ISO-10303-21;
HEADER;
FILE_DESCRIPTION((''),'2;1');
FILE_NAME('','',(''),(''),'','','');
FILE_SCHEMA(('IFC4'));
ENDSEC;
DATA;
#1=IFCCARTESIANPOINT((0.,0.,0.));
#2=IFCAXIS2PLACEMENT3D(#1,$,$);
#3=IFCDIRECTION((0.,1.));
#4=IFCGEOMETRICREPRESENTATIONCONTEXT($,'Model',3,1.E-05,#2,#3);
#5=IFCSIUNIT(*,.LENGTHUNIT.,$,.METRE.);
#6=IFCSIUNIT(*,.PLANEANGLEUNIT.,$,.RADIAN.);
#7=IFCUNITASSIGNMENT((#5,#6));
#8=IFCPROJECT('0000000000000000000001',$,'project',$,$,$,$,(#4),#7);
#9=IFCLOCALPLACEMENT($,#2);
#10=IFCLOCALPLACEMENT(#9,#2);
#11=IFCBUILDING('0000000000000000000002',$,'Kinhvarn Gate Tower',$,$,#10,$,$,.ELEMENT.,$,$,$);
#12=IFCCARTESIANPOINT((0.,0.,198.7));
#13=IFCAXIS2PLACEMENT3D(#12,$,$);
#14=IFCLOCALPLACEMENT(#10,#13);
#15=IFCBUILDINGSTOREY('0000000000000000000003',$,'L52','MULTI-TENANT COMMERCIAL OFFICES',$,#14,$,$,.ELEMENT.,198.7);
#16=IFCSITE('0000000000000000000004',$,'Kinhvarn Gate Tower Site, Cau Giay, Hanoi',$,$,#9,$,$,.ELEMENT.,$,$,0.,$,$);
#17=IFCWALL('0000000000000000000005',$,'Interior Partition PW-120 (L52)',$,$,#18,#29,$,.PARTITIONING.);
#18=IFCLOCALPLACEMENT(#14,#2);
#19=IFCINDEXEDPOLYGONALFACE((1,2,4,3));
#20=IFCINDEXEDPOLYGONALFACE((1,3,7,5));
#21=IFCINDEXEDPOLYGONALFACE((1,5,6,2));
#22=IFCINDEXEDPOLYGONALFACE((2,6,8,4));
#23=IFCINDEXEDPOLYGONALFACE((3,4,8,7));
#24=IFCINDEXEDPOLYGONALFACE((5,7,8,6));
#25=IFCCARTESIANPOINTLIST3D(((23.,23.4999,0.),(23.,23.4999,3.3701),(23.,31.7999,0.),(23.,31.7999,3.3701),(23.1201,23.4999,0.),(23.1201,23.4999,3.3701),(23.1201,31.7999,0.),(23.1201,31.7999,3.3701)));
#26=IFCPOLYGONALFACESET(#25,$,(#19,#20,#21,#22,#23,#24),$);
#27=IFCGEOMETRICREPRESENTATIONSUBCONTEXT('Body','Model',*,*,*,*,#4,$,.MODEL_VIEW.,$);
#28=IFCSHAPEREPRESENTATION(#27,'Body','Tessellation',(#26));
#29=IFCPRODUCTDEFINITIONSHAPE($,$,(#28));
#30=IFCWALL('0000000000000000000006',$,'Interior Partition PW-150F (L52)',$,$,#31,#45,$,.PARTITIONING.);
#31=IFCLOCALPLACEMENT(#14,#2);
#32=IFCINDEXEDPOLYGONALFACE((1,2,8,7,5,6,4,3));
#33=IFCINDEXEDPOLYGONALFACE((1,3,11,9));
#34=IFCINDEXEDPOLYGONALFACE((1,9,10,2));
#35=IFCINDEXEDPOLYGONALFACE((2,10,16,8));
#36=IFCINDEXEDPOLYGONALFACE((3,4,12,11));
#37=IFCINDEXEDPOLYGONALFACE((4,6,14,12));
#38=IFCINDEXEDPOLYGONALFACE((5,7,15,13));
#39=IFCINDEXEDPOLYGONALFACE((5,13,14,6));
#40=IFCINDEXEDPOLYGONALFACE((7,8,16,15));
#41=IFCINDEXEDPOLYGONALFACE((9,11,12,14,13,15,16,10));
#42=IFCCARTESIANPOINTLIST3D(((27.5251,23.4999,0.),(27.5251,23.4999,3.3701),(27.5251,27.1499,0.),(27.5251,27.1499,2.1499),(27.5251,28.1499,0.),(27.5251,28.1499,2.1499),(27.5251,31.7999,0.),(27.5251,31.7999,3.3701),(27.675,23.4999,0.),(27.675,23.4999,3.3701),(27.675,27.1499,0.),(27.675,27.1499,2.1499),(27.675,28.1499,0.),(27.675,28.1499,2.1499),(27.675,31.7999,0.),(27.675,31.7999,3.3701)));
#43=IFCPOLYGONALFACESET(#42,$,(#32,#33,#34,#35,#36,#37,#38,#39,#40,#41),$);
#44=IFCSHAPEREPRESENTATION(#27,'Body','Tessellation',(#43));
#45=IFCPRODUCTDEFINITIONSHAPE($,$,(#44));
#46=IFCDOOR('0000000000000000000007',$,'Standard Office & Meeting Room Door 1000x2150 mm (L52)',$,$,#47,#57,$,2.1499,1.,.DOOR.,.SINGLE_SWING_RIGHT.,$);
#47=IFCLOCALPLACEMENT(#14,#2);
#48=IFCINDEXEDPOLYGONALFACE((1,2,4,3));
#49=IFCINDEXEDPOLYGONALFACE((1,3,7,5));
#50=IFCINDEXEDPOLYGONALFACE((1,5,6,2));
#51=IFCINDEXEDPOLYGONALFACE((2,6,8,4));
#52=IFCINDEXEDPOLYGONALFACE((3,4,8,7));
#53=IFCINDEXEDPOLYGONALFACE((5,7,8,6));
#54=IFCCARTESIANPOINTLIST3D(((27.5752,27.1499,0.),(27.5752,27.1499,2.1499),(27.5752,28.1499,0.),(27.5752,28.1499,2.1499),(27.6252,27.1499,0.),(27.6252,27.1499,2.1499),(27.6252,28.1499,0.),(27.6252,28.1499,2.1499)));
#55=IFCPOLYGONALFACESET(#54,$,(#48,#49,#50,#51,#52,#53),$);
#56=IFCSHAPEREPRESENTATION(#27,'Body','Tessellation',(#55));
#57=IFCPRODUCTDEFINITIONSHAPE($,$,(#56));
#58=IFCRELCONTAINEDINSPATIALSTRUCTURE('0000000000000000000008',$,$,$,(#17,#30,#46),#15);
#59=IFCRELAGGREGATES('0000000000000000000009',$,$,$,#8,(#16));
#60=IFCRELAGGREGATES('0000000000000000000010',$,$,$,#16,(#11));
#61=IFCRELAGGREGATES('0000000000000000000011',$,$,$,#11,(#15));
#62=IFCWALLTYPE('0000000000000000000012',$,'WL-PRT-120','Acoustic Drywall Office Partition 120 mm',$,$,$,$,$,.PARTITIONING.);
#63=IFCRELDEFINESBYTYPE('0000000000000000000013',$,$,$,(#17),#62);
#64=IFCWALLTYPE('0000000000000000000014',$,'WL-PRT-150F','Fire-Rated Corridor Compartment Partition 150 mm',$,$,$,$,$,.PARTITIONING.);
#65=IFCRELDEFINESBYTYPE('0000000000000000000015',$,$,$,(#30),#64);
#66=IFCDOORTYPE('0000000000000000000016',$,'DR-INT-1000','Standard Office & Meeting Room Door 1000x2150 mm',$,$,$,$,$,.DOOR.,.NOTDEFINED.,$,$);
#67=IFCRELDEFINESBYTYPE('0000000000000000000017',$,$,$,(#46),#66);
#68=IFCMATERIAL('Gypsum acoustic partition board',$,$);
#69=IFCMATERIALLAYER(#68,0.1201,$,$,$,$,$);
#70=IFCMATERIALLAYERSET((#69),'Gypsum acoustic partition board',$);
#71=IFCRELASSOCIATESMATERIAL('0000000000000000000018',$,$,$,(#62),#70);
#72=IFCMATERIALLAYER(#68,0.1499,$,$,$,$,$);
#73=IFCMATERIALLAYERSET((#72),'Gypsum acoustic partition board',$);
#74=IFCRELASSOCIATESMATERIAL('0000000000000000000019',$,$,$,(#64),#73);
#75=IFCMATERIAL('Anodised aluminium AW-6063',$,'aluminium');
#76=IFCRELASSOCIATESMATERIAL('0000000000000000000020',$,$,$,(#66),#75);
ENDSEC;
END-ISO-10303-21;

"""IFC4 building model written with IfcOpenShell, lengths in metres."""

from ifc_helpers import new_model, si_unit, direction, frame, frame_2d, origin, place, context, subcontext, project, spatial, rectangle, extrude, material, layer, layer_set, type_object, element, fill, save


model = new_model("IFC4")

# Units and contexts
model_context = context("Model", 3, precision=1e-05, world=origin(), true_north=direction((0.0, 1.0)))
body_context = subcontext(model_context, "Body", "Model", "MODEL_VIEW")
ifc_project = project(units=[si_unit("LENGTHUNIT", "METRE"), si_unit("PLANEANGLEUNIT", "RADIAN")], contexts=[model_context])

# Site, building, storey
site_placement = place(None, origin())
site = spatial("IfcSite", under=ifc_project, at=site_placement, Name="Kinhvarn Gate Tower Site, Cau Giay, Hanoi", CompositionType="ELEMENT", RefElevation=0.0)
building_placement = place(site_placement, origin())
building = spatial("IfcBuilding", under=site, at=building_placement, Name="Kinhvarn Gate Tower", CompositionType="ELEMENT")
storey_placement = place(building_placement, frame((0.0, 0.0, 198.7)))
storey = spatial("IfcBuildingStorey", under=building, at=storey_placement, Name="L52", Description="MULTI-TENANT COMMERCIAL OFFICES", CompositionType="ELEMENT", Elevation=198.7)

# Shared definitions
ifc_material_1 = material(Name="Gypsum acoustic partition board")

# Shared definitions
ifc_material_2 = material(Name="Anodised aluminium AW-6063", Category="aluminium")

# Wall
ifc_layer_1 = layer(ifc_material_1, 0.1201)
ifc_layer_set_1 = layer_set([ifc_layer_1], Name="Gypsum acoustic partition board")
wall_type_1 = type_object("IfcWallType", Name="WL-PRT-120", Description="Acoustic Drywall Office Partition 120 mm", PredefinedType="PARTITIONING", material=ifc_layer_set_1)
wall_1_placement = place(storey_placement, frame((23.0601, 23.5, 0.0), z_axis=(0.0, 0.0, 1.0), x_axis=(0.0, 1.0, 0.0)))
element("IfcWall", 1, at=wall_1_placement, inside=storey, type_object=wall_type_1, Name="Interior Partition PW-120 (L52)", PredefinedType="PARTITIONING", context=body_context, shape_type="SweptSolid", body=[
    extrude(rectangle(XDim=8.3, YDim=0.1201, at=frame_2d((4.1499, 0.0))), origin(), (0.0, 0.0, 1.0), 3.3701),
])

# Wall, opening, door
ifc_layer_2 = layer(ifc_material_1, 0.1499)
ifc_layer_set_2 = layer_set([ifc_layer_2], Name="Gypsum acoustic partition board")
wall_type_2 = type_object("IfcWallType", Name="WL-PRT-150F", Description="Fire-Rated Corridor Compartment Partition 150 mm", PredefinedType="PARTITIONING", material=ifc_layer_set_2)
wall_2_placement = place(storey_placement, frame((27.6001, 23.5, 0.0), z_axis=(0.0, 0.0, 1.0), x_axis=(0.0, 1.0, 0.0)))
wall_2 = element("IfcWall", 2, at=wall_2_placement, inside=storey, type_object=wall_type_2, Name="Interior Partition PW-150F (L52)", PredefinedType="PARTITIONING", context=body_context, shape_type="SweptSolid", body=[
    extrude(rectangle(XDim=8.3, YDim=0.1499, at=frame_2d((4.1499, 0.0))), origin(), (0.0, 0.0, 1.0), 3.3701),
])
opening_1_placement = place(wall_2_placement, frame((3.6499, 0.0, 0.0)))
opening_1 = element("IfcOpeningElement", 3, at=opening_1_placement, cuts=wall_2, PredefinedType="OPENING", context=body_context, shape_type="SweptSolid", body=[
    extrude(rectangle(XDim=1.0, YDim=2.1499, at=frame_2d((0.5, 1.075))), frame((0.0, 0.085, 0.0), z_axis=(0.0, -1.0, 0.0), x_axis=(1.0, 0.0, 0.0)), (0.0, 0.0, 1.0), 0.1699),
])
door_type_1 = type_object("IfcDoorType", Name="DR-INT-1000", Description="Standard Office & Meeting Room Door 1000x2150 mm", OperationType="NOTDEFINED", PredefinedType="DOOR", material=ifc_material_2)
door_1_placement = place(opening_1_placement, origin())
door_1 = element("IfcDoor", 4, at=door_1_placement, inside=storey, type_object=door_type_1, Name="Standard Office & Meeting Room Door 1000x2150 mm (L52)", OperationType="SINGLE_SWING_RIGHT", OverallHeight=2.1499, OverallWidth=1.0, PredefinedType="DOOR", context=body_context, shape_type="SweptSolid", body=[
    extrude(rectangle(XDim=1.0, YDim=2.1499, at=frame_2d((0.5, 1.075))), frame((0.0, 0.0249, 0.0), z_axis=(0.0, -1.0, 0.0), x_axis=(1.0, 0.0, 0.0)), (0.0, 0.0, 1.0), 0.05),
])
fill(opening_1, door_1)

save(model, "model.ifc")
